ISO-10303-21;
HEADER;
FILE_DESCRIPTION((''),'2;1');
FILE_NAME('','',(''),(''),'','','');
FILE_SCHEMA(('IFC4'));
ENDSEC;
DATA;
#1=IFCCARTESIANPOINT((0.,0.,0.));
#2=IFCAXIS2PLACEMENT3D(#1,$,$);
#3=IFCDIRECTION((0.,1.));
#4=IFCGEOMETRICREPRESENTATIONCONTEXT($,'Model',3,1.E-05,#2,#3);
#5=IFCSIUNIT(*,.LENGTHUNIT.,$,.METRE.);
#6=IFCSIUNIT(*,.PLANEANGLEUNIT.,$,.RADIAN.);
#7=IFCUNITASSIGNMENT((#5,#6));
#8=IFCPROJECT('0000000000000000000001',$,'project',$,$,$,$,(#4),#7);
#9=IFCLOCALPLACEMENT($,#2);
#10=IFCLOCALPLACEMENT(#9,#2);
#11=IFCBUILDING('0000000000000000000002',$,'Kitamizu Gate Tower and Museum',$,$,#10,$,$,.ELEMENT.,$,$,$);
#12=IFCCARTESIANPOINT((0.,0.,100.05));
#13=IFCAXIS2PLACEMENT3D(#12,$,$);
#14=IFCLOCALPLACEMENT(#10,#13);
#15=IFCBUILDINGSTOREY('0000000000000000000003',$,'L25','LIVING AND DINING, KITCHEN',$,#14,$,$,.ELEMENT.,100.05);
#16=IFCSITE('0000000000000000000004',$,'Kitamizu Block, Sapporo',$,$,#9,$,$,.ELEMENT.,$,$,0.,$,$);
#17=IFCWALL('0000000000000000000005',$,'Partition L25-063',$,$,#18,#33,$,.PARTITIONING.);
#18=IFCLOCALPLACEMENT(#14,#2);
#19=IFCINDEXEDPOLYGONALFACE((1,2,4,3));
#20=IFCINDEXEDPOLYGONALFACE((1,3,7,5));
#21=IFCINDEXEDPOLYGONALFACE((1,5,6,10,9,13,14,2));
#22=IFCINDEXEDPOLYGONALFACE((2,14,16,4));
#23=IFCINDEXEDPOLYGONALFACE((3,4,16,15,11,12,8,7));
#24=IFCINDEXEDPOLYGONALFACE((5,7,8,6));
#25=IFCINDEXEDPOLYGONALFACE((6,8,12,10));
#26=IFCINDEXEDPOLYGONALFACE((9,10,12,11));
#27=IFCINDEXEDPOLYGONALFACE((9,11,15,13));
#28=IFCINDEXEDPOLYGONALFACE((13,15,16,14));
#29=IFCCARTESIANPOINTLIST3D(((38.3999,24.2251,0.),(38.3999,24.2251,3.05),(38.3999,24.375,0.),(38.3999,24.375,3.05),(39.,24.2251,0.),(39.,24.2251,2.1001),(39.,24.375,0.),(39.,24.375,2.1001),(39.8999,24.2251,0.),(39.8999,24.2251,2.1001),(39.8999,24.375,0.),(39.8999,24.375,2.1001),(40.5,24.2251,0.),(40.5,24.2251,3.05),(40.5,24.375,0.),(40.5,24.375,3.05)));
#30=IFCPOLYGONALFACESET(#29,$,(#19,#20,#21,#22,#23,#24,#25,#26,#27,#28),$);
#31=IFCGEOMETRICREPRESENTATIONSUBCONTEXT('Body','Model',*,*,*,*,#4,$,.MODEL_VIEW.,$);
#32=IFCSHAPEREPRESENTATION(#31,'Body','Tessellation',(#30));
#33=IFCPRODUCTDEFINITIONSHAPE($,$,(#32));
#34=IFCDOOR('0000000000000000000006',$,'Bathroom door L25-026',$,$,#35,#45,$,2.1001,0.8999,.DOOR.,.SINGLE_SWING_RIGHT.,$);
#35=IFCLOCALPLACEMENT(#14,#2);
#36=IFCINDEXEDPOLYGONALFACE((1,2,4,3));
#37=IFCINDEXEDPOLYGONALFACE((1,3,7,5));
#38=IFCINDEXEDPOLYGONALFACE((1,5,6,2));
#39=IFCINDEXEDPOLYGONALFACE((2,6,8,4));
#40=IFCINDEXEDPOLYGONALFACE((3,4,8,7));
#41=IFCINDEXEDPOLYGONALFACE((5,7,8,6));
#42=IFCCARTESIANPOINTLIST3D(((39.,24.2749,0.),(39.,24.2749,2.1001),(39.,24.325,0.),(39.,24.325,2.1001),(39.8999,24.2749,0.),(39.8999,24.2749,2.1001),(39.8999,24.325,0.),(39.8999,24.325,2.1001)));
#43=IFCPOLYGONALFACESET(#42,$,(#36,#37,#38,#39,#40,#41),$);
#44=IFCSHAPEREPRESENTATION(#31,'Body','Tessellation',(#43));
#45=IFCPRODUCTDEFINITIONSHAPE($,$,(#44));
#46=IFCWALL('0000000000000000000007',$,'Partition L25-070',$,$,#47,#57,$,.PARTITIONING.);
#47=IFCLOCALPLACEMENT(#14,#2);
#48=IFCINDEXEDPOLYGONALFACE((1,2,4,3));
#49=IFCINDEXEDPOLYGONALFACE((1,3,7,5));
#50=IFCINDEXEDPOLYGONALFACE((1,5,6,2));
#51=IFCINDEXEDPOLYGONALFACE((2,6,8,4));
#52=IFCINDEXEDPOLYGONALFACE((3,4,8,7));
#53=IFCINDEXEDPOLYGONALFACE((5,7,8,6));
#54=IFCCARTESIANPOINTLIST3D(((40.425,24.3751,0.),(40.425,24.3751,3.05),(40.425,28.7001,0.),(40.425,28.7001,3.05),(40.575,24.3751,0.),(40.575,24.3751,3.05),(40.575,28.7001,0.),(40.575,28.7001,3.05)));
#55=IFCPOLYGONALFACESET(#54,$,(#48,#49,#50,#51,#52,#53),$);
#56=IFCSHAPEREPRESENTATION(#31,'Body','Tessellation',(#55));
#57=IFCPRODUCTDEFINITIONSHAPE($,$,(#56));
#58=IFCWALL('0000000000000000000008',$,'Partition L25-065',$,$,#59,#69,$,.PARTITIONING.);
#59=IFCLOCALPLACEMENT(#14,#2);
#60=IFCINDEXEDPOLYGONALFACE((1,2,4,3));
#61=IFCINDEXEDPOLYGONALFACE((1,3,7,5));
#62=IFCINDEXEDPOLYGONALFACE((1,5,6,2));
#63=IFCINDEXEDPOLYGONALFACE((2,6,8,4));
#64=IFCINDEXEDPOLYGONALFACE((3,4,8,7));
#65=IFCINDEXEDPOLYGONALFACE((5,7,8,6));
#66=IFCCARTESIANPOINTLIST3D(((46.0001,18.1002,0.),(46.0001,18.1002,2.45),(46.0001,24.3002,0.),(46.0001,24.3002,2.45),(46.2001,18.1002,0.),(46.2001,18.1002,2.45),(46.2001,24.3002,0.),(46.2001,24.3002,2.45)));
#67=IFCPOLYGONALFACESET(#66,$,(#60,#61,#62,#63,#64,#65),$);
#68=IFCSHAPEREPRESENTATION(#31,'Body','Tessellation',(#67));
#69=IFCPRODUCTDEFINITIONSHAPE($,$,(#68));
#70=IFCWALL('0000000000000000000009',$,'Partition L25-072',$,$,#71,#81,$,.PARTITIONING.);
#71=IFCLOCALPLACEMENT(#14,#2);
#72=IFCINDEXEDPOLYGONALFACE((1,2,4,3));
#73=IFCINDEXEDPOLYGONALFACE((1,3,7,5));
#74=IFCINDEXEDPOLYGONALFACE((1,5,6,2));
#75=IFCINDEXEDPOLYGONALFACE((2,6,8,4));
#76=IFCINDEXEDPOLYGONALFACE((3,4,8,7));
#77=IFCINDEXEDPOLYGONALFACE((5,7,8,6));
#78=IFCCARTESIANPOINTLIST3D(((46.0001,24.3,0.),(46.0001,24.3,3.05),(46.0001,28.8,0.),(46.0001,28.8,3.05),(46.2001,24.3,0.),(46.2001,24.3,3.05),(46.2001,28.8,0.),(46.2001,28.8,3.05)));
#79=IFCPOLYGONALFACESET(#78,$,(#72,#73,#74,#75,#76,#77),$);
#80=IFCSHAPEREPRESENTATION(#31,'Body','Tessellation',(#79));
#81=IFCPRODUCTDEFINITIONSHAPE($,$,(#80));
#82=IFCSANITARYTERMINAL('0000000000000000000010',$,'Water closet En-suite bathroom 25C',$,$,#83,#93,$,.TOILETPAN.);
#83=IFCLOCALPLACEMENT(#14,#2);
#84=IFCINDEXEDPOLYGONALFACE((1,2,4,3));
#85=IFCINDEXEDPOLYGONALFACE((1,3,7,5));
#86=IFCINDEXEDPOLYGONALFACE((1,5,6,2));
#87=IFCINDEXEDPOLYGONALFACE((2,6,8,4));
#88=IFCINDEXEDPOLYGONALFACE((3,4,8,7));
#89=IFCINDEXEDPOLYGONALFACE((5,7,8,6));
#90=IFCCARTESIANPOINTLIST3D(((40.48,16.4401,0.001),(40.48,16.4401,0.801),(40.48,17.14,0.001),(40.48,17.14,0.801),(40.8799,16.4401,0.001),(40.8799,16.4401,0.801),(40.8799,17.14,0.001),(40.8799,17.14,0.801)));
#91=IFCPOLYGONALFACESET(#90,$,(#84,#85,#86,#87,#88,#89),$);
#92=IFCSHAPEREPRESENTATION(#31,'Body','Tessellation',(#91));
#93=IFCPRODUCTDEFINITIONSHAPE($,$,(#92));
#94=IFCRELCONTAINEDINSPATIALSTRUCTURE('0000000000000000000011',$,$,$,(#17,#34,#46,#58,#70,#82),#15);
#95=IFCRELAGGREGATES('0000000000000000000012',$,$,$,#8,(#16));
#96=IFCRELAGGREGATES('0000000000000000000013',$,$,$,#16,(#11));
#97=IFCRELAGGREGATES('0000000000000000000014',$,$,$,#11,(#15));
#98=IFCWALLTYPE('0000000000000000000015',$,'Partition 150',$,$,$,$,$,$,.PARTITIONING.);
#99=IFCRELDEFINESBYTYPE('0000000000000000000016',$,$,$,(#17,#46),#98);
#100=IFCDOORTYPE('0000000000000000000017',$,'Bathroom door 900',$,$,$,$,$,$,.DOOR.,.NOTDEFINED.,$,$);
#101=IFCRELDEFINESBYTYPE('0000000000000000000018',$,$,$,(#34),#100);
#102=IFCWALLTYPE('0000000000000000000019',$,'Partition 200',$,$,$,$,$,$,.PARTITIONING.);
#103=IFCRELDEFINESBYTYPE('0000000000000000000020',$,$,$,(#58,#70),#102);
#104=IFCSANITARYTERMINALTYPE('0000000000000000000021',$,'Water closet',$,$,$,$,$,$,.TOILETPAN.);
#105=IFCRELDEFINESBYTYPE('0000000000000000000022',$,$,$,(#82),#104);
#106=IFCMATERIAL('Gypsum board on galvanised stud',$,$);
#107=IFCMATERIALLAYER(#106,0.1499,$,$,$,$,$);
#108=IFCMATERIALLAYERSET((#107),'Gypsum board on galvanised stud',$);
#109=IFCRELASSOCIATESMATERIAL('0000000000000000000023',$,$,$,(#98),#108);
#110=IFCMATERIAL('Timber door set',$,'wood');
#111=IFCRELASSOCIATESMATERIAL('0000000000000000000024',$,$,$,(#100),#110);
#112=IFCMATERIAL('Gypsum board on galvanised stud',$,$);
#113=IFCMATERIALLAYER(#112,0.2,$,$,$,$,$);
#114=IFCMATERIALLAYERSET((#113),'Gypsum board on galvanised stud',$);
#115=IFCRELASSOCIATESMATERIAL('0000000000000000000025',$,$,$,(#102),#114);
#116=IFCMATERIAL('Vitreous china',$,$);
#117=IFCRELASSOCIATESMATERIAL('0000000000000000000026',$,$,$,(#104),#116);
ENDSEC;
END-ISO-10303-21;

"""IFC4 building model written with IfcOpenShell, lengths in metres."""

from ifc_helpers import new_model, si_unit, direction, frame, frame_2d, origin, origin_2d, place, context, subcontext, project, spatial, rectangle, extrude, material, layer, layer_set, type_object, element, fill, save


model = new_model("IFC4")

# Units and contexts
model_context = context("Model", 3, precision=1e-05, world=origin(), true_north=direction((0.0, 1.0)))
body_context = subcontext(model_context, "Body", "Model", "MODEL_VIEW")
ifc_project = project(units=[si_unit("LENGTHUNIT", "METRE"), si_unit("PLANEANGLEUNIT", "RADIAN")], contexts=[model_context])

# Site, building, storey
site_placement = place(None, origin())
site = spatial("IfcSite", under=ifc_project, at=site_placement, Name="Kitamizu Block, Sapporo", CompositionType="ELEMENT", RefElevation=0.0)
building_placement = place(site_placement, origin())
building = spatial("IfcBuilding", under=site, at=building_placement, Name="Kitamizu Gate Tower and Museum", CompositionType="ELEMENT")
storey_placement = place(building_placement, frame((0.0, 0.0, 100.05)))
storey = spatial("IfcBuildingStorey", under=building, at=storey_placement, Name="L25", Description="LIVING AND DINING, KITCHEN", CompositionType="ELEMENT", Elevation=100.05)

# Shared definitions
ifc_material_1 = material(Name="Gypsum board on galvanised stud")
ifc_layer_1 = layer(ifc_material_1, 0.1499)
ifc_layer_set_1 = layer_set([ifc_layer_1], Name="Gypsum board on galvanised stud")
wall_type_1 = type_object("IfcWallType", Name="Partition 150", PredefinedType="PARTITIONING", material=ifc_layer_set_1)

# Shared definitions
ifc_material_2 = material(Name="Timber door set", Category="wood")
door_type_1 = type_object("IfcDoorType", Name="Bathroom door 900", OperationType="NOTDEFINED", PredefinedType="DOOR", material=ifc_material_2)

# Wall, opening, door
wall_1_placement = place(storey_placement, frame((40.5, 24.3, 0.0), z_axis=(0.0, 0.0, 1.0), x_axis=(-1.0, 0.0, 0.0)))
wall_1 = element("IfcWall", 1, at=wall_1_placement, inside=storey, type_object=wall_type_1, Name="Partition L25-063", PredefinedType="PARTITIONING", context=body_context, shape_type="SweptSolid", body=[
    extrude(rectangle(XDim=2.1001, YDim=0.1499, at=frame_2d((1.05, 0.0))), origin(), (0.0, 0.0, 1.0), 3.05),
])
opening_1_placement = place(wall_1_placement, frame((0.6001, 0.0, 0.0)))
opening_1 = element("IfcOpeningElement", 2, at=opening_1_placement, cuts=wall_1, PredefinedType="OPENING", context=body_context, shape_type="SweptSolid", body=[
    extrude(rectangle(XDim=0.8999, YDim=2.1001, at=frame_2d((0.45, 1.05))), frame((0.0, 0.085, 0.0), z_axis=(0.0, -1.0, 0.0), x_axis=(1.0, 0.0, 0.0)), (0.0, 0.0, 1.0), 0.1699),
])
door_1_placement = place(opening_1_placement, frame((0.8999, 0.0, 0.0), x_axis=(-1.0, 0.0, 0.0)))
door_1 = element("IfcDoor", 3, at=door_1_placement, inside=storey, type_object=door_type_1, Name="Bathroom door L25-026", OperationType="SINGLE_SWING_RIGHT", OverallHeight=2.1001, OverallWidth=0.8999, PredefinedType="DOOR", context=body_context, shape_type="SweptSolid", body=[
    extrude(rectangle(XDim=0.8999, YDim=2.1001, at=frame_2d((0.45, 1.05))), frame((0.0, 0.0249, 0.0), z_axis=(0.0, -1.0, 0.0), x_axis=(1.0, 0.0, 0.0)), (0.0, 0.0, 1.0), 0.05),
])
fill(opening_1, door_1)

# Walls
wall_2_placement = place(storey_placement, frame((40.5, 24.375, 0.0), z_axis=(0.0, 0.0, 1.0), x_axis=(0.0, 1.0, 0.0)))
element("IfcWall", 4, at=wall_2_placement, inside=storey, type_object=wall_type_1, Name="Partition L25-070", PredefinedType="PARTITIONING", context=body_context, shape_type="SweptSolid", body=[
    extrude(rectangle(XDim=4.325, YDim=0.1499, at=frame_2d((2.1626, 0.0))), origin(), (0.0, 0.0, 1.0), 3.05),
])
ifc_material_3 = material(Name="Gypsum board on galvanised stud")
ifc_layer_2 = layer(ifc_material_3, 0.2)
ifc_layer_set_2 = layer_set([ifc_layer_2], Name="Gypsum board on galvanised stud")
wall_type_2 = type_object("IfcWallType", Name="Partition 200", PredefinedType="PARTITIONING", material=ifc_layer_set_2)
wall_3_placement = place(storey_placement, frame((46.1001, 18.1001, 0.0), z_axis=(0.0, 0.0, 1.0), x_axis=(0.0, 1.0, 0.0)))
element("IfcWall", 5, at=wall_3_placement, inside=storey, type_object=wall_type_2, Name="Partition L25-065", PredefinedType="PARTITIONING", context=body_context, shape_type="SweptSolid", body=[
    extrude(rectangle(XDim=6.2, YDim=0.2, at=frame_2d((3.1001, 0.0))), origin(), (0.0, 0.0, 1.0), 2.45),
])
wall_4_placement = place(storey_placement, frame((46.1001, 24.3, 0.0), z_axis=(0.0, 0.0, 1.0), x_axis=(0.0, 1.0, 0.0)))
element("IfcWall", 6, at=wall_4_placement, inside=storey, type_object=wall_type_2, Name="Partition L25-072", PredefinedType="PARTITIONING", context=body_context, shape_type="SweptSolid", body=[
    extrude(rectangle(XDim=4.5, YDim=0.2, at=frame_2d((2.25, 0.0))), origin(), (0.0, 0.0, 1.0), 3.05),
])

# Sanitary terminal
ifc_material_4 = material(Name="Vitreous china")
sanitary_terminal_type = type_object("IfcSanitaryTerminalType", Name="Water closet", PredefinedType="TOILETPAN", material=ifc_material_4)
sanitary_terminal_placement = place(storey_placement, frame((40.6799, 16.79, 0.001), z_axis=(0.0, 0.0, 1.0), x_axis=(1.0, 0.0, 0.0)))
element("IfcSanitaryTerminal", 7, at=sanitary_terminal_placement, inside=storey, type_object=sanitary_terminal_type, Name="Water closet En-suite bathroom 25C", PredefinedType="TOILETPAN", context=body_context, shape_type="SweptSolid", body=[
    extrude(rectangle(XDim=0.3999, YDim=0.7, at=origin_2d()), origin(), (0.0, 0.0, 1.0), 0.8),
])

save(model, "model.ifc")
